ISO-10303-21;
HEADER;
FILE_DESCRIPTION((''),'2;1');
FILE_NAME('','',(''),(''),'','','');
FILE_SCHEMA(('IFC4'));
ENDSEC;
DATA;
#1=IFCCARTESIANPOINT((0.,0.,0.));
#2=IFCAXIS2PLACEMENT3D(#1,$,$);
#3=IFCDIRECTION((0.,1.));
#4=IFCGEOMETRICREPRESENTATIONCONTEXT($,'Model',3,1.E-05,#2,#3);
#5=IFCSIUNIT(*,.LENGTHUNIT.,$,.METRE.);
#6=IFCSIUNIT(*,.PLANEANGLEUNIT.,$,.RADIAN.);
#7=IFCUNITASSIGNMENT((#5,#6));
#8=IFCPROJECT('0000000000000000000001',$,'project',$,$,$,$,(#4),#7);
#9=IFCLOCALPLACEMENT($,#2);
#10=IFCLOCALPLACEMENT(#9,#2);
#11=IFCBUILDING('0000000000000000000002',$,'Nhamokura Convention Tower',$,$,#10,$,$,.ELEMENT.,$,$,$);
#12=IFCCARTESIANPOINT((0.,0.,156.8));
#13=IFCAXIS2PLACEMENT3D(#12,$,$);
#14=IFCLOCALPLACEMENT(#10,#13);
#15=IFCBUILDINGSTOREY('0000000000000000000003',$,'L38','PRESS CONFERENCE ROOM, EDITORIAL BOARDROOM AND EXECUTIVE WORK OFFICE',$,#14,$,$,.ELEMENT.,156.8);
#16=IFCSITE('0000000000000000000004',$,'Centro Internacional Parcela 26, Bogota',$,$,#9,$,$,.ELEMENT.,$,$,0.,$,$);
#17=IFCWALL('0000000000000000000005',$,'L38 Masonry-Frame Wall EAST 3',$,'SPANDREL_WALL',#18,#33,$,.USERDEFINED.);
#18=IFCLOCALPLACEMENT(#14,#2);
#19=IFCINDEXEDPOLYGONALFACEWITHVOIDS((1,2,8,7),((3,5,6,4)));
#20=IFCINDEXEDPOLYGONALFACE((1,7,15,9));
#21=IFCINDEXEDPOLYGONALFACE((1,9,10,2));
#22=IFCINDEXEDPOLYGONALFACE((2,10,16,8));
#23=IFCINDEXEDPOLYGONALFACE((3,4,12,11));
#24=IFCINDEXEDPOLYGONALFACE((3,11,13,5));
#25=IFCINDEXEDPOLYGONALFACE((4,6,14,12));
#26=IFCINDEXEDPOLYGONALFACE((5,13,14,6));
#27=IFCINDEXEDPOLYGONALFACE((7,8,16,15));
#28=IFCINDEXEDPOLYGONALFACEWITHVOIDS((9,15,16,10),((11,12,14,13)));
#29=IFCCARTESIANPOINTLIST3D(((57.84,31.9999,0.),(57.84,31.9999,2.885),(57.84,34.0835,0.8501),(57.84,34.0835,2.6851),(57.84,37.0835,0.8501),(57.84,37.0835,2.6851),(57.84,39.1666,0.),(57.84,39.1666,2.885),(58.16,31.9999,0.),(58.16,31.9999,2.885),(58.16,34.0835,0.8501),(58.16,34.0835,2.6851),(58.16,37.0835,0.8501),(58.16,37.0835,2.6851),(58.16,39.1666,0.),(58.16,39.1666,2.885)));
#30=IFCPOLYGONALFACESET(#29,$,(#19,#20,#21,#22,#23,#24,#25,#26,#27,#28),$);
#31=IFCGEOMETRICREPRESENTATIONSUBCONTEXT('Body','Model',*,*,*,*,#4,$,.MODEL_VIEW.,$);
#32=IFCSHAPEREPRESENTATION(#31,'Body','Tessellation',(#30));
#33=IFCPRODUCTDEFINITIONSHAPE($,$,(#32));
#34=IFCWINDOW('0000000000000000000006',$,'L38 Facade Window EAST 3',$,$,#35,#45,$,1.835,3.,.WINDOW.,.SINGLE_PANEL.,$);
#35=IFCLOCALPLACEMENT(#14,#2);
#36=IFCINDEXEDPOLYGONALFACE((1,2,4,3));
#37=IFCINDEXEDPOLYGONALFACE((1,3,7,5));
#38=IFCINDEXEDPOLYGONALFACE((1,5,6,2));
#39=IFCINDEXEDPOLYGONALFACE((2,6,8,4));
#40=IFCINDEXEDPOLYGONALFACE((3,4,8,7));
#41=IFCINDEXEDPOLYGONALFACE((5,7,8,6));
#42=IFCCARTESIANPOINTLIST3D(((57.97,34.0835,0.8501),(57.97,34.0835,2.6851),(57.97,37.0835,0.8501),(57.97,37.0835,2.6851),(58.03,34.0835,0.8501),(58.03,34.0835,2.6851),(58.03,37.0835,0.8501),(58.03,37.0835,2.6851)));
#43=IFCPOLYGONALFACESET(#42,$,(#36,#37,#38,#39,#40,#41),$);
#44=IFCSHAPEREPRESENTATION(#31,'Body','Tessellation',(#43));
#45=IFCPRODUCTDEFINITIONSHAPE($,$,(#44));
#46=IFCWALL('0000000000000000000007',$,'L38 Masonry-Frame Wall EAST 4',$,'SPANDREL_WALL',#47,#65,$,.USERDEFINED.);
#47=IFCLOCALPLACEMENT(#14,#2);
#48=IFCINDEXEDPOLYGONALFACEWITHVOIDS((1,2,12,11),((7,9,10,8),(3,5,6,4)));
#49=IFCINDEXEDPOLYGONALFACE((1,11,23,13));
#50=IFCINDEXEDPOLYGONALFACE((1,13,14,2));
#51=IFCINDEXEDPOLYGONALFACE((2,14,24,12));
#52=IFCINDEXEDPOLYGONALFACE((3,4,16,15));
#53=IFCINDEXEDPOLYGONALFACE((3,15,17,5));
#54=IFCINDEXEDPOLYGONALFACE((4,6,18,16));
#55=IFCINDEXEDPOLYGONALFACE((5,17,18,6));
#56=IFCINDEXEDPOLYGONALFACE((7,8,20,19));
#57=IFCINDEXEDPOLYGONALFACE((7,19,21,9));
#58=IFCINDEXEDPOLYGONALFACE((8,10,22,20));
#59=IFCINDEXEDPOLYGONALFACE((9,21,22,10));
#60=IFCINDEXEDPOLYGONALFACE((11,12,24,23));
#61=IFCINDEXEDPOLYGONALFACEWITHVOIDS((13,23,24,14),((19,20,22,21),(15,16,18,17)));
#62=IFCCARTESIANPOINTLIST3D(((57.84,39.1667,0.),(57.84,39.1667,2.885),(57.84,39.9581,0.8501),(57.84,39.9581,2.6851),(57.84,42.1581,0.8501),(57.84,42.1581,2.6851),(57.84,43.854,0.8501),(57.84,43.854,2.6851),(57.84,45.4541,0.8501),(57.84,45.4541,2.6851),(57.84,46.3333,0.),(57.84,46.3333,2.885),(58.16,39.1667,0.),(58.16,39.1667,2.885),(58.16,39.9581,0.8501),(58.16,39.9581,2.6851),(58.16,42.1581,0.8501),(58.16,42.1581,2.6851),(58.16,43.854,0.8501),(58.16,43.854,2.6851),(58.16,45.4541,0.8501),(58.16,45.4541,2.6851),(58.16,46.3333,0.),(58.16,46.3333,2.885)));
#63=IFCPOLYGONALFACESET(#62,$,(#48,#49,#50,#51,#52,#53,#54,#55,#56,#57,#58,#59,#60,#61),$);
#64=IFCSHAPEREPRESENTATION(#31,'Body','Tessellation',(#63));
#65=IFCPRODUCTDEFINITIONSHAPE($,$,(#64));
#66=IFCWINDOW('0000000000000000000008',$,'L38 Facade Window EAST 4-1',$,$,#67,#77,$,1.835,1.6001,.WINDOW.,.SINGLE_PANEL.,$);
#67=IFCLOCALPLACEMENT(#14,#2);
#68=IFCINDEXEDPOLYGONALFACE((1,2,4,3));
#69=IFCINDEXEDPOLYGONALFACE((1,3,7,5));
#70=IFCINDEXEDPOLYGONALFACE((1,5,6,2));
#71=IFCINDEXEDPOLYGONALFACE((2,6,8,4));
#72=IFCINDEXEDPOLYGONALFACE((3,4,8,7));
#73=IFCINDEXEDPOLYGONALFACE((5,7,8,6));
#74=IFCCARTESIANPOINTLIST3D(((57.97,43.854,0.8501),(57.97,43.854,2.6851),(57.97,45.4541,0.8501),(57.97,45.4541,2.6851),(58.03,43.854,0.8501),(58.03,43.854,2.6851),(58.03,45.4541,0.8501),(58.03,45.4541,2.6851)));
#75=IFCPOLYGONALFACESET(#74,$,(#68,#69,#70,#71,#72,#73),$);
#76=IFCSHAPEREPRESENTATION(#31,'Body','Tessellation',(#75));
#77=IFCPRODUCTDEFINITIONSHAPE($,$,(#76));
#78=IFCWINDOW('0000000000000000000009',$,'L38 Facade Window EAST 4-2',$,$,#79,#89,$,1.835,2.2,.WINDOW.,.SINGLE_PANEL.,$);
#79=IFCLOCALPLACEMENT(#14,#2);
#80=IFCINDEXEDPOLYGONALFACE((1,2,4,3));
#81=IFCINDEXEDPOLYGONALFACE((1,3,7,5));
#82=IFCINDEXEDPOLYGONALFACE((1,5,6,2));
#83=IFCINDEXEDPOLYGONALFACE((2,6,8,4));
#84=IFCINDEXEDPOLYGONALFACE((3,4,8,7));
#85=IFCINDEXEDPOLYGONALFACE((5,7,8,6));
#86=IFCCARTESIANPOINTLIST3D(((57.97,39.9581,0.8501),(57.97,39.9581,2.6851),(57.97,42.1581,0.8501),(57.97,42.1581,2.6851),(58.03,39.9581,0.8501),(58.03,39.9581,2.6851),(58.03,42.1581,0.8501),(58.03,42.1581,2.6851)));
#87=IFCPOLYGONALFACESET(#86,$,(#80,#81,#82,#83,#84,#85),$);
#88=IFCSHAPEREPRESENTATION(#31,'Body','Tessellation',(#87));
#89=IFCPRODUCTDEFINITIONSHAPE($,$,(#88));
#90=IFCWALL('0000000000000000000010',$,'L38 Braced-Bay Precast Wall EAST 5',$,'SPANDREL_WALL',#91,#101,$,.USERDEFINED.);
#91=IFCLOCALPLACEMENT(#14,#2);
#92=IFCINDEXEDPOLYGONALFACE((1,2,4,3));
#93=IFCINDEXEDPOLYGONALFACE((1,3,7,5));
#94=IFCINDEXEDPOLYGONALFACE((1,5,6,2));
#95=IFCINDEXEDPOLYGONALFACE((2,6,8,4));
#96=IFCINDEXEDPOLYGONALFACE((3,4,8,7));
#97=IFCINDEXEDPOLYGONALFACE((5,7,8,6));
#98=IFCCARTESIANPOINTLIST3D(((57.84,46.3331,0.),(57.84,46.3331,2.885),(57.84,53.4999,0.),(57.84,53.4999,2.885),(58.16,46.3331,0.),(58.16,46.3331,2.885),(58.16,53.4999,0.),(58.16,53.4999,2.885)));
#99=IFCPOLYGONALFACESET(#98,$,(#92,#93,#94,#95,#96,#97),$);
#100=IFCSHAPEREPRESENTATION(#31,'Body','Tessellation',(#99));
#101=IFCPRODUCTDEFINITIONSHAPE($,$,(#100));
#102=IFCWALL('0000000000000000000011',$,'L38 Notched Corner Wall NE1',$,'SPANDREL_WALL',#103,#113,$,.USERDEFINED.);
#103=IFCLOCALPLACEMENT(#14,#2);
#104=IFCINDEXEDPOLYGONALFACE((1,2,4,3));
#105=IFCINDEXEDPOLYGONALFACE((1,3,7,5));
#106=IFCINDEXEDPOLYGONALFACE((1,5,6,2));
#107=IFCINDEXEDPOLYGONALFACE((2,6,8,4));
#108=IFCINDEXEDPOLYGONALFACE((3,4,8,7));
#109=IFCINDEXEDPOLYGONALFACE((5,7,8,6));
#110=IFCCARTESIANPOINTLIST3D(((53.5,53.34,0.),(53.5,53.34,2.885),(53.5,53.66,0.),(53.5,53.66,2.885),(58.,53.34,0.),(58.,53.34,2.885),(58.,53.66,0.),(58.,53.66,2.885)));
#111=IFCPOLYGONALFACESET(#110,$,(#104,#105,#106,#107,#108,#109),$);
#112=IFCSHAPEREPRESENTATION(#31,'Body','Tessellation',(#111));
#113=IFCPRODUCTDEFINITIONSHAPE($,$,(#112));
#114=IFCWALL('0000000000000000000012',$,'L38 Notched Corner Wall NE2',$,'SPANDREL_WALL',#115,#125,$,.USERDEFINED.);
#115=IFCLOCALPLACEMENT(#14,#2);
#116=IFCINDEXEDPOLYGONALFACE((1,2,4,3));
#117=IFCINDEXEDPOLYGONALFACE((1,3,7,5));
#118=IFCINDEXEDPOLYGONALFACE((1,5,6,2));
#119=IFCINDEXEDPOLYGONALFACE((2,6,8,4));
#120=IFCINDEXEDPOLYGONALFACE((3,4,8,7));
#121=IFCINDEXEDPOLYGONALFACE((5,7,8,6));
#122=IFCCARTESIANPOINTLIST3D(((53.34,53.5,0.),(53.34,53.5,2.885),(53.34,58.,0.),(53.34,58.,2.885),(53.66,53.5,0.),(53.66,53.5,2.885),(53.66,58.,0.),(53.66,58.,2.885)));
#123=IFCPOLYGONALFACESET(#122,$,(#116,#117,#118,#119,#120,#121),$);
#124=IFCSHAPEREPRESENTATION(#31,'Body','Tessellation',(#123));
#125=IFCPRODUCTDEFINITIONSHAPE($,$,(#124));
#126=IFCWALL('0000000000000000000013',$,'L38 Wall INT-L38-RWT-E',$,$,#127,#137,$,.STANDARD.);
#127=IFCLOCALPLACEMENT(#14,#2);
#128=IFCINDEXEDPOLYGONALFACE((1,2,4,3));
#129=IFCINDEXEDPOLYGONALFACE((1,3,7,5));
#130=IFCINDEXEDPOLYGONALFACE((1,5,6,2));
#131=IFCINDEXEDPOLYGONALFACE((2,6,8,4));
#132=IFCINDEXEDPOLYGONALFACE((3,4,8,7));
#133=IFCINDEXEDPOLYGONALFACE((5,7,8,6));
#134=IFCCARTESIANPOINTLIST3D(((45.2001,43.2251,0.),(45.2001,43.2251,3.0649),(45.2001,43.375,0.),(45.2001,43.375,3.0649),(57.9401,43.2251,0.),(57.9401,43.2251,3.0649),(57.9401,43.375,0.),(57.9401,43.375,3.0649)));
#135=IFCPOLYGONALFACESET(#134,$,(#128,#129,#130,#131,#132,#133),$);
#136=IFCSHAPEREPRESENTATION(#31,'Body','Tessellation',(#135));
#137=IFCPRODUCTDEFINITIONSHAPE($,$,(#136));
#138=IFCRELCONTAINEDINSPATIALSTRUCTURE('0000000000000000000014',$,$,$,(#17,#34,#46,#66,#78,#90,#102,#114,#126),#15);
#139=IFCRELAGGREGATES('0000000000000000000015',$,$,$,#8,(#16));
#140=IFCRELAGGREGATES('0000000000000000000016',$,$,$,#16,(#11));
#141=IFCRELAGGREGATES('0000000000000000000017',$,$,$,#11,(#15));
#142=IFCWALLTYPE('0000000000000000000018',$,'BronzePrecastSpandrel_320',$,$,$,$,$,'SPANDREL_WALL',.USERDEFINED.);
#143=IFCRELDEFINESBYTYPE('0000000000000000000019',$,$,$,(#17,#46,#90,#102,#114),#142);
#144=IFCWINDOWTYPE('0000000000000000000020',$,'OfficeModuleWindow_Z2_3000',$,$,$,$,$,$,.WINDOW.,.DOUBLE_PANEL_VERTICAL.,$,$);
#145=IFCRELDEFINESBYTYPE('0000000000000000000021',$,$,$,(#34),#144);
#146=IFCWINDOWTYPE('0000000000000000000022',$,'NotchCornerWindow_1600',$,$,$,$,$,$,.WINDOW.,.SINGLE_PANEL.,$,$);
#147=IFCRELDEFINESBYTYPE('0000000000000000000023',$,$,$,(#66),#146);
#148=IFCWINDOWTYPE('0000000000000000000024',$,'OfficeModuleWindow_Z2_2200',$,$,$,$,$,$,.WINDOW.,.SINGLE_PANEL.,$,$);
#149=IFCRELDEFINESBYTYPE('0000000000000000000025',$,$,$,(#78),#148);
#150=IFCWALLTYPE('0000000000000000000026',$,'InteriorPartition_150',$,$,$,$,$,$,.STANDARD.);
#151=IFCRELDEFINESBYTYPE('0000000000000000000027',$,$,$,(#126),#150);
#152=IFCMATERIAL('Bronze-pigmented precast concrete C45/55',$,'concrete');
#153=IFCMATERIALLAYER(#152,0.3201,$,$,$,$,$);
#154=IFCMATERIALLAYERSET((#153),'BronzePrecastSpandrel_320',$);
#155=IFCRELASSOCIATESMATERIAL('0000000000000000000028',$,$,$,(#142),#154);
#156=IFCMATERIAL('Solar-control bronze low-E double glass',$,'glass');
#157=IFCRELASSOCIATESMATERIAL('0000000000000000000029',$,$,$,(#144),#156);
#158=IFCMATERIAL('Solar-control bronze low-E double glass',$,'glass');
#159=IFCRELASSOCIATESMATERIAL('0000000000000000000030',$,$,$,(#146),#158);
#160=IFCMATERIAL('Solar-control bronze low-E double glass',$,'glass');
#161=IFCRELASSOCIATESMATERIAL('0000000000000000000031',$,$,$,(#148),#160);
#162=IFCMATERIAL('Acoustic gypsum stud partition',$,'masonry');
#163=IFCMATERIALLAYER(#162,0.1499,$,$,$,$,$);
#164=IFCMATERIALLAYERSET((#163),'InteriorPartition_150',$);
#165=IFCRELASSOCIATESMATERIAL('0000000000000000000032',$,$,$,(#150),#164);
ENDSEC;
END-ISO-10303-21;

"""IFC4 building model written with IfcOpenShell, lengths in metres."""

from ifc_helpers import new_model, si_unit, direction, frame, frame_2d, origin, place, context, subcontext, project, spatial, rectangle, extrude, material, layer, layer_set, type_object, element, fill, save


model = new_model("IFC4")

# Units and contexts
model_context = context("Model", 3, precision=1e-05, world=origin(), true_north=direction((0.0, 1.0)))
body_context = subcontext(model_context, "Body", "Model", "MODEL_VIEW")
ifc_project = project(units=[si_unit("LENGTHUNIT", "METRE"), si_unit("PLANEANGLEUNIT", "RADIAN")], contexts=[model_context])

# Site, building, storey
site_placement = place(None, origin())
site = spatial("IfcSite", under=ifc_project, at=site_placement, Name="Centro Internacional Parcela 26, Bogota", CompositionType="ELEMENT", RefElevation=0.0)
building_placement = place(site_placement, origin())
building = spatial("IfcBuilding", under=site, at=building_placement, Name="Nhamokura Convention Tower", CompositionType="ELEMENT")
storey_placement = place(building_placement, frame((0.0, 0.0, 156.8)))
storey = spatial("IfcBuildingStorey", under=building, at=storey_placement, Name="L38", Description="PRESS CONFERENCE ROOM, EDITORIAL BOARDROOM AND EXECUTIVE WORK OFFICE", CompositionType="ELEMENT", Elevation=156.8)

# Shared definitions
ifc_material_1 = material(Name="Bronze-pigmented precast concrete C45/55", Category="concrete")
ifc_layer_1 = layer(ifc_material_1, 0.3201)
ifc_layer_set_1 = layer_set([ifc_layer_1], Name="BronzePrecastSpandrel_320")
wall_type_1 = type_object("IfcWallType", Name="BronzePrecastSpandrel_320", ElementType="SPANDREL_WALL", PredefinedType="USERDEFINED", material=ifc_layer_set_1)

# Wall, opening, window
ifc_material_2 = material(Name="Solar-control bronze low-E double glass", Category="glass")
window_type_1 = type_object("IfcWindowType", Name="OfficeModuleWindow_Z2_3000", PartitioningType="DOUBLE_PANEL_VERTICAL", PredefinedType="WINDOW", material=ifc_material_2)
wall_1_placement = place(storey_placement, frame((58.0, 39.1667, 0.0), z_axis=(0.0, 0.0, 1.0), x_axis=(0.0, -1.0, 0.0)))
wall_1 = element("IfcWall", 1, at=wall_1_placement, inside=storey, type_object=wall_type_1, Name="L38 Masonry-Frame Wall EAST 3", ObjectType="SPANDREL_WALL", PredefinedType="USERDEFINED", context=body_context, shape_type="SweptSolid", body=[
    extrude(rectangle(XDim=7.1667, YDim=0.3201, at=frame_2d((3.5835, 0.0))), origin(), (0.0, 0.0, 1.0), 2.885),
])
opening_1_placement = place(wall_1_placement, frame((2.0833, 0.0, 0.8501)))
opening_1 = element("IfcOpeningElement", 2, at=opening_1_placement, cuts=wall_1, PredefinedType="OPENING", context=body_context, shape_type="SweptSolid", body=[
    extrude(rectangle(XDim=3.0, YDim=1.835, at=frame_2d((1.5, 0.9175))), frame((0.0, 0.1699, 0.0), z_axis=(0.0, -1.0, 0.0), x_axis=(1.0, 0.0, 0.0)), (0.0, 0.0, 1.0), 0.3401),
])
window_1_placement = place(opening_1_placement, origin())
window_1 = element("IfcWindow", 3, at=window_1_placement, inside=storey, type_object=window_type_1, Name="L38 Facade Window EAST 3", OverallHeight=1.835, OverallWidth=3.0, PartitioningType="SINGLE_PANEL", PredefinedType="WINDOW", context=body_context, shape_type="SweptSolid", body=[
    extrude(rectangle(XDim=3.0, YDim=1.835, at=frame_2d((1.5, 0.9175))), frame((0.0, 0.03, 0.0), z_axis=(0.0, -1.0, 0.0), x_axis=(1.0, 0.0, 0.0)), (0.0, 0.0, 1.0), 0.0601),
])
fill(opening_1, window_1)

# Wall, openings, windows
wall_2_placement = place(storey_placement, frame((58.0, 46.3333, 0.0), z_axis=(0.0, 0.0, 1.0), x_axis=(0.0, -1.0, 0.0)))
wall_2 = element("IfcWall", 4, at=wall_2_placement, inside=storey, type_object=wall_type_1, Name="L38 Masonry-Frame Wall EAST 4", ObjectType="SPANDREL_WALL", PredefinedType="USERDEFINED", context=body_context, shape_type="SweptSolid", body=[
    extrude(rectangle(XDim=7.1665, YDim=0.3201, at=frame_2d((3.5833, 0.0))), origin(), (0.0, 0.0, 1.0), 2.885),
])
opening_2_placement = place(wall_2_placement, frame((0.8792, 0.0, 0.8501)))
opening_2 = element("IfcOpeningElement", 5, at=opening_2_placement, cuts=wall_2, PredefinedType="OPENING", context=body_context, shape_type="SweptSolid", body=[
    extrude(rectangle(XDim=1.6001, YDim=1.835, at=frame_2d((0.8, 0.9175))), frame((0.0, 0.1699, 0.0), z_axis=(0.0, -1.0, 0.0), x_axis=(1.0, 0.0, 0.0)), (0.0, 0.0, 1.0), 0.3401),
])
opening_3_placement = place(wall_2_placement, frame((4.175, 0.0, 0.8501)))
opening_3 = element("IfcOpeningElement", 6, at=opening_3_placement, cuts=wall_2, PredefinedType="OPENING", context=body_context, shape_type="SweptSolid", body=[
    extrude(rectangle(XDim=2.2, YDim=1.835, at=frame_2d((1.1001, 0.9175))), frame((0.0, 0.1699, 0.0), z_axis=(0.0, -1.0, 0.0), x_axis=(1.0, 0.0, 0.0)), (0.0, 0.0, 1.0), 0.3401),
])
ifc_material_3 = material(Name="Solar-control bronze low-E double glass", Category="glass")
window_type_2 = type_object("IfcWindowType", Name="NotchCornerWindow_1600", PartitioningType="SINGLE_PANEL", PredefinedType="WINDOW", material=ifc_material_3)
window_2_placement = place(opening_2_placement, origin())
window_2 = element("IfcWindow", 7, at=window_2_placement, inside=storey, type_object=window_type_2, Name="L38 Facade Window EAST 4-1", OverallHeight=1.835, OverallWidth=1.6001, PartitioningType="SINGLE_PANEL", PredefinedType="WINDOW", context=body_context, shape_type="SweptSolid", body=[
    extrude(rectangle(XDim=1.6001, YDim=1.835, at=frame_2d((0.8, 0.9175))), frame((0.0, 0.03, 0.0), z_axis=(0.0, -1.0, 0.0), x_axis=(1.0, 0.0, 0.0)), (0.0, 0.0, 1.0), 0.0601),
])
fill(opening_2, window_2)
ifc_material_4 = material(Name="Solar-control bronze low-E double glass", Category="glass")
window_type_3 = type_object("IfcWindowType", Name="OfficeModuleWindow_Z2_2200", PartitioningType="SINGLE_PANEL", PredefinedType="WINDOW", material=ifc_material_4)
window_3_placement = place(opening_3_placement, origin())
window_3 = element("IfcWindow", 8, at=window_3_placement, inside=storey, type_object=window_type_3, Name="L38 Facade Window EAST 4-2", OverallHeight=1.835, OverallWidth=2.2, PartitioningType="SINGLE_PANEL", PredefinedType="WINDOW", context=body_context, shape_type="SweptSolid", body=[
    extrude(rectangle(XDim=2.2, YDim=1.835, at=frame_2d((1.1001, 0.9175))), frame((0.0, 0.03, 0.0), z_axis=(0.0, -1.0, 0.0), x_axis=(1.0, 0.0, 0.0)), (0.0, 0.0, 1.0), 0.0601),
])
fill(opening_3, window_3)

# Walls
wall_3_placement = place(storey_placement, frame((58.0, 53.5, 0.0), z_axis=(0.0, 0.0, 1.0), x_axis=(0.0, -1.0, 0.0)))
element("IfcWall", 9, at=wall_3_placement, inside=storey, type_object=wall_type_1, Name="L38 Braced-Bay Precast Wall EAST 5", ObjectType="SPANDREL_WALL", PredefinedType="USERDEFINED", context=body_context, shape_type="SweptSolid", body=[
    extrude(rectangle(XDim=7.1667, YDim=0.3201, at=frame_2d((3.5835, 0.0))), origin(), (0.0, 0.0, 1.0), 2.885),
])
for number, where, z_axis, x_axis, name in (
    (10, (53.5, 53.5, 0.0), (0.0, 0.0, 1.0), (1.0, 0.0, 0.0), "L38 Notched Corner Wall NE1"),
    (11, (53.5, 58.0, 0.0), (0.0, 0.0, 1.0), (0.0, -1.0, 0.0), "L38 Notched Corner Wall NE2"),
):
    element("IfcWall", number, at=place(storey_placement, frame(where, z_axis=z_axis, x_axis=x_axis)), inside=storey, type_object=wall_type_1, Name=name, ObjectType="SPANDREL_WALL", PredefinedType="USERDEFINED", context=body_context, shape_type="SweptSolid", body=[
        extrude(rectangle(XDim=4.5, YDim=0.3201, at=frame_2d((2.25, 0.0))), origin(), (0.0, 0.0, 1.0), 2.885),
    ])
ifc_material_5 = material(Name="Acoustic gypsum stud partition", Category="masonry")
ifc_layer_2 = layer(ifc_material_5, 0.1499)
ifc_layer_set_2 = layer_set([ifc_layer_2], Name="InteriorPartition_150")
wall_type_2 = type_object("IfcWallType", Name="InteriorPartition_150", PredefinedType="STANDARD", material=ifc_layer_set_2)
wall_4_placement = place(storey_placement, frame((45.2, 43.3, 0.0), z_axis=(0.0, 0.0, 1.0), x_axis=(1.0, 0.0, 0.0)))
element("IfcWall", 12, at=wall_4_placement, inside=storey, type_object=wall_type_2, Name="L38 Wall INT-L38-RWT-E", PredefinedType="STANDARD", context=body_context, shape_type="SweptSolid", body=[
    extrude(rectangle(XDim=12.74, YDim=0.1499, at=frame_2d((6.3701, 0.0))), origin(), (0.0, 0.0, 1.0), 3.0649),
])

save(model, "model.ifc")
